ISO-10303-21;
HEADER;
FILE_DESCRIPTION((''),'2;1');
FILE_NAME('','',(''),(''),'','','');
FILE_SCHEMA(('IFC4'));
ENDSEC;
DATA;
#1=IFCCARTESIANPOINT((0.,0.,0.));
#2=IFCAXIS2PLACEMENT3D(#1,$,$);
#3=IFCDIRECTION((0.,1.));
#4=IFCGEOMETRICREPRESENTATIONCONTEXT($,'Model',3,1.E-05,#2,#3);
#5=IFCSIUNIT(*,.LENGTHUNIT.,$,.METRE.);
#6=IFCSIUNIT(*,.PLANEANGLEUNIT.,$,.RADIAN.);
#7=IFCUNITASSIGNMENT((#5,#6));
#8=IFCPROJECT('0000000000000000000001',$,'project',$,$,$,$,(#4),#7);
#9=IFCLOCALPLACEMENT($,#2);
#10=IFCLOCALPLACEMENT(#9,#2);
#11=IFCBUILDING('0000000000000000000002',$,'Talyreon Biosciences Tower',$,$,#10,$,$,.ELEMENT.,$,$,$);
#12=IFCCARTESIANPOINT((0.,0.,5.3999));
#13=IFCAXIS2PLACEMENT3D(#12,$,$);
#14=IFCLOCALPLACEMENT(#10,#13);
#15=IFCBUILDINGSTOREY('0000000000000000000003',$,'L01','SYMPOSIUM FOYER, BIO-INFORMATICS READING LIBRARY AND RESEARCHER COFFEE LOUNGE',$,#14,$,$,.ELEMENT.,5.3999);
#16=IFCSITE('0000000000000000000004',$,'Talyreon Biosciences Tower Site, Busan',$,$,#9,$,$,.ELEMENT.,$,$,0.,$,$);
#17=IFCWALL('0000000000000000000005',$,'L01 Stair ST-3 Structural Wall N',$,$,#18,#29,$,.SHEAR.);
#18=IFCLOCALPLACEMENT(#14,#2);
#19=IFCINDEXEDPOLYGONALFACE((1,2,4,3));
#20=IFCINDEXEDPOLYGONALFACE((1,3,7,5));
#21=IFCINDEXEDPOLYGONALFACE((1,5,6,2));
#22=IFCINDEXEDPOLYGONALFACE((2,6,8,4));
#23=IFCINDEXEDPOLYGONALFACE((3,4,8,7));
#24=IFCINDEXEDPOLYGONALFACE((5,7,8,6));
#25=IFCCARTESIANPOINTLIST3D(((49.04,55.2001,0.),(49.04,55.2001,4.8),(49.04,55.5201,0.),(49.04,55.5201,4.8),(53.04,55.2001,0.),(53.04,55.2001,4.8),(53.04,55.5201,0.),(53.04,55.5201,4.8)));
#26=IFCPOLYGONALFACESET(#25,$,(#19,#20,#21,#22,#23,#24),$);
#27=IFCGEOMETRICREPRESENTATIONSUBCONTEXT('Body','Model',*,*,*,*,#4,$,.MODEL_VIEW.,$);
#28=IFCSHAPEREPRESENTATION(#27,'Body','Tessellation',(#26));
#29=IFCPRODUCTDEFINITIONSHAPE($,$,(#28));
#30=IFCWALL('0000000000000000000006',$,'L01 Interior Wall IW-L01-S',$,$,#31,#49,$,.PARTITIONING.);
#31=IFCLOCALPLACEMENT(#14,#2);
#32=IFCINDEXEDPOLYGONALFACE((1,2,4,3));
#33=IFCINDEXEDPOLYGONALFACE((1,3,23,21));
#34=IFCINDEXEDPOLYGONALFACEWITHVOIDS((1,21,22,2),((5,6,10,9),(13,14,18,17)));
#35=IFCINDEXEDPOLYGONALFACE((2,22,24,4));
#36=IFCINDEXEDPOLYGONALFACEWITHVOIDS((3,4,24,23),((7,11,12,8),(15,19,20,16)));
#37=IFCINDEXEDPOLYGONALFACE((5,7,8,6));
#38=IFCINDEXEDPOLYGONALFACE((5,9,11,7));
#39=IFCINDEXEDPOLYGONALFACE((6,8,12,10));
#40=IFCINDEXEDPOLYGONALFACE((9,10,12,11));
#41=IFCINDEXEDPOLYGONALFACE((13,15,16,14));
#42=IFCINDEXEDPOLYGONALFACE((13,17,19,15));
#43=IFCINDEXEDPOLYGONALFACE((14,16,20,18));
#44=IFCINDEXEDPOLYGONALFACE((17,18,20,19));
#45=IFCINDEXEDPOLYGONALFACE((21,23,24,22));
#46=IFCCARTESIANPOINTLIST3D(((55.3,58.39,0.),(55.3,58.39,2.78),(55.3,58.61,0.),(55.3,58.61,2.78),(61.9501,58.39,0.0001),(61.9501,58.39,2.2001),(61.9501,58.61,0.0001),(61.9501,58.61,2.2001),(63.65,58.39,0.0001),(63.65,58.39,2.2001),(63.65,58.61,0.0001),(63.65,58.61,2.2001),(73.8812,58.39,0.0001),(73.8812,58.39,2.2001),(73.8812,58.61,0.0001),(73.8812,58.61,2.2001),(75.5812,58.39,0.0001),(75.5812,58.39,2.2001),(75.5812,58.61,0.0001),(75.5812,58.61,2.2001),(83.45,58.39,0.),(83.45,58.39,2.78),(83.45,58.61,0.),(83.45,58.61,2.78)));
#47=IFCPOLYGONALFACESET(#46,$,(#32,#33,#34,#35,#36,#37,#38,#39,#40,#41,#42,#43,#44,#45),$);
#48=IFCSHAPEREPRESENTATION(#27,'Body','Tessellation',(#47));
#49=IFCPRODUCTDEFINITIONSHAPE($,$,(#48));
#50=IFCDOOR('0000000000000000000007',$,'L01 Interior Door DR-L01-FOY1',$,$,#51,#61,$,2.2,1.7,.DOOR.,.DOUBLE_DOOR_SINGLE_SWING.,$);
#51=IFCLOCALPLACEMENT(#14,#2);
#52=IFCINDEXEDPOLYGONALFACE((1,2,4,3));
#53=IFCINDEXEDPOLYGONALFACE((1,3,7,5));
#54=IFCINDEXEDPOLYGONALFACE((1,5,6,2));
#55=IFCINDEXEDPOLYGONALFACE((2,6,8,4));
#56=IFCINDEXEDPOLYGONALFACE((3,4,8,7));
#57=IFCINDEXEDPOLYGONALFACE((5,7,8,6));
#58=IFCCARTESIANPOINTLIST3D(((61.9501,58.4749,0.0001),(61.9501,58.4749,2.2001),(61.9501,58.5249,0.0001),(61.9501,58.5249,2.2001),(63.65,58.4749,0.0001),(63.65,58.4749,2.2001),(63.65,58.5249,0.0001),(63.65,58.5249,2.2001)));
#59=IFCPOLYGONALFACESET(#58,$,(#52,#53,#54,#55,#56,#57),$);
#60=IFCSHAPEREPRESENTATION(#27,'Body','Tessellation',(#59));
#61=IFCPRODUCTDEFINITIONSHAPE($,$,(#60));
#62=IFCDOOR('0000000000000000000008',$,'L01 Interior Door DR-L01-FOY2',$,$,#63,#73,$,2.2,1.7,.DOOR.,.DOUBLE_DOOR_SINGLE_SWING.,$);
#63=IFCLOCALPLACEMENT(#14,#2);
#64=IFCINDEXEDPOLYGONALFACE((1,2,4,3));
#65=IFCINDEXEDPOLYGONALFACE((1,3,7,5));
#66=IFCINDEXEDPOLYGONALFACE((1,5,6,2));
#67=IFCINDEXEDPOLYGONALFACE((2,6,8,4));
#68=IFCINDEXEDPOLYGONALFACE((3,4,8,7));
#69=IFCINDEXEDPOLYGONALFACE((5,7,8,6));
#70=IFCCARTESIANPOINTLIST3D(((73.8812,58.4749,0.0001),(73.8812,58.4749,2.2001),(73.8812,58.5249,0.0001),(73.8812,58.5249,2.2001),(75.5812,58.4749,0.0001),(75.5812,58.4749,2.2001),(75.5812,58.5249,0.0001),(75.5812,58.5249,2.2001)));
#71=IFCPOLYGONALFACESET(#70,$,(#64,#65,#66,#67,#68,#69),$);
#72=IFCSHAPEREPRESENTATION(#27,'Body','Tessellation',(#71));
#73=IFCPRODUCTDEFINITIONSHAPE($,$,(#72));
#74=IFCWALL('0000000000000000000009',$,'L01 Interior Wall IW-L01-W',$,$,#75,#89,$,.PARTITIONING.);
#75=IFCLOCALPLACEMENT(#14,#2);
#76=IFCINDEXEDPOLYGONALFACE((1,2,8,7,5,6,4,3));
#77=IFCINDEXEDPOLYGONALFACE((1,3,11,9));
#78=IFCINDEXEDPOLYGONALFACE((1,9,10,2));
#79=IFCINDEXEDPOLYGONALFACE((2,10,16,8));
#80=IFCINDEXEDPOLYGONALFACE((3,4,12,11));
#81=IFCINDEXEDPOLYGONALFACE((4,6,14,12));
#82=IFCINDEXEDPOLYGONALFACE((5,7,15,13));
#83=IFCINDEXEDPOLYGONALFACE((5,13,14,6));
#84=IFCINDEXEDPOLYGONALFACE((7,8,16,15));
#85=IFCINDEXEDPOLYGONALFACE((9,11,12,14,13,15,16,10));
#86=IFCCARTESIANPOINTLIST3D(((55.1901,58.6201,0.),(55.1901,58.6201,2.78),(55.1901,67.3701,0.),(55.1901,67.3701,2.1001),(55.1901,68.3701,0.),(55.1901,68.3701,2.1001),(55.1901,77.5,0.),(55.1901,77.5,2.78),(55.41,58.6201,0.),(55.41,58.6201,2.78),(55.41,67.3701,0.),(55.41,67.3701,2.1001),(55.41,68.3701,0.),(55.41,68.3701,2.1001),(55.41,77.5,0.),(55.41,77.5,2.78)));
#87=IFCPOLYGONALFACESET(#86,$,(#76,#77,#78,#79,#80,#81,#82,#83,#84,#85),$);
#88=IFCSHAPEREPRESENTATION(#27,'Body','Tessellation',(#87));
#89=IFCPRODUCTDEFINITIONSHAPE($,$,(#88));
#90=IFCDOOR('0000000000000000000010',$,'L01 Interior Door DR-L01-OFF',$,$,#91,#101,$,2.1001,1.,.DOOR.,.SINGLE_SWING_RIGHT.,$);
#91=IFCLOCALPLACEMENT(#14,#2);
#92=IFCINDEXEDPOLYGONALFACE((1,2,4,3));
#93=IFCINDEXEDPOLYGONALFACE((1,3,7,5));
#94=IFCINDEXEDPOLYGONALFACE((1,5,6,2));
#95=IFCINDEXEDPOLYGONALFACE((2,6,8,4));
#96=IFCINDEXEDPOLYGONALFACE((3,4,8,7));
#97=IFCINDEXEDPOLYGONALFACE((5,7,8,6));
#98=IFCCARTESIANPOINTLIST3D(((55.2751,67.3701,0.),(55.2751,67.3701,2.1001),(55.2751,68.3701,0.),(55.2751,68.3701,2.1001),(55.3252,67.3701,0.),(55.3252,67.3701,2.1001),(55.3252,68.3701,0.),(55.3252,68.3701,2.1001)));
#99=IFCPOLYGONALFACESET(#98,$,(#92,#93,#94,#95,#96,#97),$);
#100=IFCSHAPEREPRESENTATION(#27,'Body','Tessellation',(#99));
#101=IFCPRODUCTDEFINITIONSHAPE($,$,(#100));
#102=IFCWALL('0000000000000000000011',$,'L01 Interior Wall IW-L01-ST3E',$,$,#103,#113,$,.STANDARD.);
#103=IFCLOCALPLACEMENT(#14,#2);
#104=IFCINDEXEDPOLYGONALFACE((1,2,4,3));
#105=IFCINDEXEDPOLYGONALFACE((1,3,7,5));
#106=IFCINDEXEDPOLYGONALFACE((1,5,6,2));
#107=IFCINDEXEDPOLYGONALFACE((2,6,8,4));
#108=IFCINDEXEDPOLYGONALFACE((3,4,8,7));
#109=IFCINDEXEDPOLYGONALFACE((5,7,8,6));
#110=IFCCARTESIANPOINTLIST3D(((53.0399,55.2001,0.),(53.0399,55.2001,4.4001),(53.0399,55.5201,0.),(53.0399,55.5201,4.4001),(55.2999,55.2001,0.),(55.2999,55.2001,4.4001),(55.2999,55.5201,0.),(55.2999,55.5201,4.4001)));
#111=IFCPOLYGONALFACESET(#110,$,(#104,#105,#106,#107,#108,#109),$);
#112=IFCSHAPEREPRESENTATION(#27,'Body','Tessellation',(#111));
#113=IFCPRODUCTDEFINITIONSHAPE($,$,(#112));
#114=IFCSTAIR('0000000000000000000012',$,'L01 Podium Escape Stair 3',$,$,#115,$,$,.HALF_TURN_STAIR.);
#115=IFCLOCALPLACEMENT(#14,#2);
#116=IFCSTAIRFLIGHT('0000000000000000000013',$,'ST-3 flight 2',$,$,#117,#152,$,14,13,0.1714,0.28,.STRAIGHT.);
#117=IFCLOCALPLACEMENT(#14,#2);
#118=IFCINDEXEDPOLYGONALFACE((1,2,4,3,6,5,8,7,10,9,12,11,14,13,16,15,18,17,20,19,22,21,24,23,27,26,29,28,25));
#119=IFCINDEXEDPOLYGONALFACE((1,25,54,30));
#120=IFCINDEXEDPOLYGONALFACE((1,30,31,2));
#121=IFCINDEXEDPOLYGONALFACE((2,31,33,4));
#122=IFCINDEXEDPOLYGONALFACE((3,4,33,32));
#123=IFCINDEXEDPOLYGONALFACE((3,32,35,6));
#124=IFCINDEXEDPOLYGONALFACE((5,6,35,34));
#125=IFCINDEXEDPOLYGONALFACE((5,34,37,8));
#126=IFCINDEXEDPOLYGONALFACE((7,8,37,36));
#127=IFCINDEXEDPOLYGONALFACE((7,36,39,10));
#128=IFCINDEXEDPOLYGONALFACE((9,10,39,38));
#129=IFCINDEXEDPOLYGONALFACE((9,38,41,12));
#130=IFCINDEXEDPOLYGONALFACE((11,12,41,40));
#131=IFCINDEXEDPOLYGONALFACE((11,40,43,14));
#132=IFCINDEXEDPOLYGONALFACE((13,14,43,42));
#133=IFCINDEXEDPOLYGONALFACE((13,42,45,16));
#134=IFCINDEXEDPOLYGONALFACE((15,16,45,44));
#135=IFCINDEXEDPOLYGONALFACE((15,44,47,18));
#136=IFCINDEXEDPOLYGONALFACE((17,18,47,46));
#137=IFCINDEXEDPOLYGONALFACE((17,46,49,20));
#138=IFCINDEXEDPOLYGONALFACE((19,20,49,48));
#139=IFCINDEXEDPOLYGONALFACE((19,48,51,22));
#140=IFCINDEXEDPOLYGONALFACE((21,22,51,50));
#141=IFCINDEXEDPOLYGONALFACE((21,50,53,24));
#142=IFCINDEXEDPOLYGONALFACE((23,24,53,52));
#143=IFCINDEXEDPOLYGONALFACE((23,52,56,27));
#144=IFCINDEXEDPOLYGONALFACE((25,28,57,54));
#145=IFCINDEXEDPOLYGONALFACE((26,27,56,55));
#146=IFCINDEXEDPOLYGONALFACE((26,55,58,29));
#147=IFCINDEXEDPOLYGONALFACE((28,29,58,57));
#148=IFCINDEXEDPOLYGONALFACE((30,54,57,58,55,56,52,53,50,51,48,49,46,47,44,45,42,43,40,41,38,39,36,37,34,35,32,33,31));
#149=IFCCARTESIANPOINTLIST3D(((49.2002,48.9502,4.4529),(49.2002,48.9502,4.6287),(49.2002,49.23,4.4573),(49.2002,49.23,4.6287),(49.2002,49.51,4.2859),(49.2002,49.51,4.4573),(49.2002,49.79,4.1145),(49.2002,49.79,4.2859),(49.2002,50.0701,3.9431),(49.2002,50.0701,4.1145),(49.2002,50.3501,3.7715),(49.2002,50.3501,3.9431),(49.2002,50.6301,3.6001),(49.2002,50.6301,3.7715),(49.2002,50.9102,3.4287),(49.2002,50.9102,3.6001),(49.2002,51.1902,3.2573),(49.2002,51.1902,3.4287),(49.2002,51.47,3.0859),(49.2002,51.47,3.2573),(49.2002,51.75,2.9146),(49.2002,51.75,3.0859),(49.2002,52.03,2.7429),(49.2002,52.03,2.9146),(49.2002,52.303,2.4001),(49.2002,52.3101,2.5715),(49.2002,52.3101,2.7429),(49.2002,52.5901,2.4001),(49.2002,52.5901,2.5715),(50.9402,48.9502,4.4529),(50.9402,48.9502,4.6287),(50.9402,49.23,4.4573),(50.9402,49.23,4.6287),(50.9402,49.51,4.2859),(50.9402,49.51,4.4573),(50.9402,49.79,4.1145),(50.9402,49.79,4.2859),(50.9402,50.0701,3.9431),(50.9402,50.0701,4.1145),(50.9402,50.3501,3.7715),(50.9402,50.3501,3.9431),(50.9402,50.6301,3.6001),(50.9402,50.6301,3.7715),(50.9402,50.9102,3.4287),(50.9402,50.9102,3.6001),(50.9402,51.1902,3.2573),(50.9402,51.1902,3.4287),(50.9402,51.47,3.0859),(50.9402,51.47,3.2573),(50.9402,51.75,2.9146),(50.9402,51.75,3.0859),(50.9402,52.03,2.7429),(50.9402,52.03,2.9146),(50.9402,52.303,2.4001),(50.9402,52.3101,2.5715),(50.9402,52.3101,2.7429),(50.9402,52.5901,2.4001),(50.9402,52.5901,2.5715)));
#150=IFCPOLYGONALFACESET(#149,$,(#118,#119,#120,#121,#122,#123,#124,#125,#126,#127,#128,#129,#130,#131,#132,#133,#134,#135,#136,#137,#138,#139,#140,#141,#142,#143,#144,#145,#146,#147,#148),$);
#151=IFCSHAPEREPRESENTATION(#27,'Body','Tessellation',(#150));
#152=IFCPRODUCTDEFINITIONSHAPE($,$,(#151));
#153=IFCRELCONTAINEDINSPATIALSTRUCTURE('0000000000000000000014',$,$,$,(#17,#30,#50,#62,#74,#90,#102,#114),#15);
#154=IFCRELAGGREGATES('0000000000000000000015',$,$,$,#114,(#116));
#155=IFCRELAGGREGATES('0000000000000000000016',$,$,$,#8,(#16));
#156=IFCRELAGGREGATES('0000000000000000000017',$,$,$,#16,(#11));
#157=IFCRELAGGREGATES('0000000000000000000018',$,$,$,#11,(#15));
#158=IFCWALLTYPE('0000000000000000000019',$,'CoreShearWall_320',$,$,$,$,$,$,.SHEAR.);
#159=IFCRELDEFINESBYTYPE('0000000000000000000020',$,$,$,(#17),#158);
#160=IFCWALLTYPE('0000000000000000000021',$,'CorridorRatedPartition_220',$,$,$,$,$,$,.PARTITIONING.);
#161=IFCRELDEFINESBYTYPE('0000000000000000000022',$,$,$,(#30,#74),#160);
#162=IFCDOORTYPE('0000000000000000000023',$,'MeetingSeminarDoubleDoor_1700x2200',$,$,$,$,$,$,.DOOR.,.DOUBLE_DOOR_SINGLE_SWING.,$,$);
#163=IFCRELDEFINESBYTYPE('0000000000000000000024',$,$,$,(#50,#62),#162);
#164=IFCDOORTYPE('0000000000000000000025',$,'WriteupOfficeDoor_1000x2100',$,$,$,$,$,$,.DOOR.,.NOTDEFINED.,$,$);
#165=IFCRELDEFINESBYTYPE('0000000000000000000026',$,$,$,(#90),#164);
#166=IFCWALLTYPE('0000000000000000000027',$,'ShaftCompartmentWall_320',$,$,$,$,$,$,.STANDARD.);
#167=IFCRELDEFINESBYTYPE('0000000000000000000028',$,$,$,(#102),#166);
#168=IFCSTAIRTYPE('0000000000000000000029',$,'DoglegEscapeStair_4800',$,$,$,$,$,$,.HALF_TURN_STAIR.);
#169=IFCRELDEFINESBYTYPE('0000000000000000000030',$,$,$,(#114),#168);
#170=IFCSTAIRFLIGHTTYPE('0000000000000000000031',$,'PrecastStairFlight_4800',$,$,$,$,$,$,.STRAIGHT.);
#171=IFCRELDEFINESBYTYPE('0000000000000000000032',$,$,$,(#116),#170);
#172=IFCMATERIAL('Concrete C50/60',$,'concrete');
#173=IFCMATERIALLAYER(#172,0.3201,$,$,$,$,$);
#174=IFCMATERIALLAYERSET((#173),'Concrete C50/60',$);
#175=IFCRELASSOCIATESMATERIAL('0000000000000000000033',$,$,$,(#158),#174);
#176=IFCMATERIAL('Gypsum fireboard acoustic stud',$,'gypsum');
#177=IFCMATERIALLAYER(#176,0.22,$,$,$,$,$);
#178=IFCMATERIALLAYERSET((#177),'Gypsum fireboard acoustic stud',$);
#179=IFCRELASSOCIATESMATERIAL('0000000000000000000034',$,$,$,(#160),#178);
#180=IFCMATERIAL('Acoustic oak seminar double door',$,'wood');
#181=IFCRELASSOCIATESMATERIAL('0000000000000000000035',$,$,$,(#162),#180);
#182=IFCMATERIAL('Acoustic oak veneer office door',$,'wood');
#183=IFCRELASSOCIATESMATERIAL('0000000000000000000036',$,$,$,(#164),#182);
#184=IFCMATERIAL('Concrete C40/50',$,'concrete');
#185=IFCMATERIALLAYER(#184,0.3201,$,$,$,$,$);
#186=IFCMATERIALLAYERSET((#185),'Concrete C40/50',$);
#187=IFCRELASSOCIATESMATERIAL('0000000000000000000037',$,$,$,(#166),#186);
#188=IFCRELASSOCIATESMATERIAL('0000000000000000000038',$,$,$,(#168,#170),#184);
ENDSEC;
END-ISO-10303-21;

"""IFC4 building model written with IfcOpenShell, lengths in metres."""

from ifc_helpers import new_model, si_unit, direction, frame, frame_2d, origin, place, context, subcontext, project, spatial, polyline, rectangle, outline, extrude, material, layer, layer_set, type_object, element, fill, aggregate, save


model = new_model("IFC4")

# Units and contexts
model_context = context("Model", 3, precision=1e-05, world=origin(), true_north=direction((0.0, 1.0)))
body_context = subcontext(model_context, "Body", "Model", "MODEL_VIEW")
ifc_project = project(units=[si_unit("LENGTHUNIT", "METRE"), si_unit("PLANEANGLEUNIT", "RADIAN")], contexts=[model_context])

# Site, building, storey
site_placement = place(None, origin())
site = spatial("IfcSite", under=ifc_project, at=site_placement, Name="Talyreon Biosciences Tower Site, Busan", CompositionType="ELEMENT", RefElevation=0.0)
building_placement = place(site_placement, origin())
building = spatial("IfcBuilding", under=site, at=building_placement, Name="Talyreon Biosciences Tower", CompositionType="ELEMENT")
storey_placement = place(building_placement, frame((0.0, 0.0, 5.3999)))
storey = spatial("IfcBuildingStorey", under=building, at=storey_placement, Name="L01", Description="SYMPOSIUM FOYER, BIO-INFORMATICS READING LIBRARY AND RESEARCHER COFFEE LOUNGE", CompositionType="ELEMENT", Elevation=5.3999)

# Shared definitions
ifc_material_1 = material(Name="Concrete C50/60", Category="concrete")

# Wall
ifc_layer_1 = layer(ifc_material_1, 0.3201)
ifc_layer_set_1 = layer_set([ifc_layer_1], Name="Concrete C50/60")
wall_type_1 = type_object("IfcWallType", Name="CoreShearWall_320", PredefinedType="SHEAR", material=ifc_layer_set_1)
wall_1_placement = place(storey_placement, frame((49.04, 55.3601, 0.0), z_axis=(0.0, 0.0, 1.0), x_axis=(1.0, 0.0, 0.0)))
element("IfcWall", 1, at=wall_1_placement, inside=storey, type_object=wall_type_1, Name="L01 Stair ST-3 Structural Wall N", PredefinedType="SHEAR", context=body_context, shape_type="SweptSolid", body=[
    extrude(rectangle(XDim=4.0, YDim=0.3201, at=frame_2d((2.0, 0.0))), origin(), (0.0, 0.0, 1.0), 4.8),
])

# Wall, openings, doors
ifc_material_2 = material(Name="Gypsum fireboard acoustic stud", Category="gypsum")
ifc_layer_2 = layer(ifc_material_2, 0.22)
ifc_layer_set_2 = layer_set([ifc_layer_2], Name="Gypsum fireboard acoustic stud")
wall_type_2 = type_object("IfcWallType", Name="CorridorRatedPartition_220", PredefinedType="PARTITIONING", material=ifc_layer_set_2)
wall_2_placement = place(storey_placement, frame((55.3, 58.5, 0.0), z_axis=(0.0, 0.0, 1.0), x_axis=(1.0, 0.0, 0.0)))
wall_2 = element("IfcWall", 2, at=wall_2_placement, inside=storey, type_object=wall_type_2, Name="L01 Interior Wall IW-L01-S", PredefinedType="PARTITIONING", context=body_context, shape_type="SweptSolid", body=[
    extrude(rectangle(XDim=28.1499, YDim=0.22, at=frame_2d((14.075, 0.0))), origin(), (0.0, 0.0, 1.0), 2.78),
])
opening_1_placement = place(wall_2_placement, frame((6.6499, 0.0, 0.0)))
opening_1 = element("IfcOpeningElement", 3, at=opening_1_placement, cuts=wall_2, PredefinedType="OPENING", context=body_context, shape_type="SweptSolid", body=[
    extrude(rectangle(XDim=1.7, YDim=2.2, at=frame_2d((0.8501, 1.1001))), frame((0.0, 0.1199, 0.0), z_axis=(0.0, -1.0, 0.0), x_axis=(1.0, 0.0, 0.0)), (0.0, 0.0, 1.0), 0.24),
])
opening_2_placement = place(wall_2_placement, frame((18.5811, 0.0, 0.0)))
opening_2 = element("IfcOpeningElement", 4, at=opening_2_placement, cuts=wall_2, PredefinedType="OPENING", context=body_context, shape_type="SweptSolid", body=[
    extrude(rectangle(XDim=1.7, YDim=2.2, at=frame_2d((0.8501, 1.1001))), frame((0.0, 0.1199, 0.0), z_axis=(0.0, -1.0, 0.0), x_axis=(1.0, 0.0, 0.0)), (0.0, 0.0, 1.0), 0.24),
])
ifc_material_3 = material(Name="Acoustic oak seminar double door", Category="wood")
door_type_1 = type_object("IfcDoorType", Name="MeetingSeminarDoubleDoor_1700x2200", OperationType="DOUBLE_DOOR_SINGLE_SWING", PredefinedType="DOOR", material=ifc_material_3)
door_1_placement = place(opening_1_placement, origin())
door_1 = element("IfcDoor", 5, at=door_1_placement, inside=storey, type_object=door_type_1, Name="L01 Interior Door DR-L01-FOY1", OperationType="DOUBLE_DOOR_SINGLE_SWING", OverallHeight=2.2, OverallWidth=1.7, PredefinedType="DOOR", context=body_context, shape_type="SweptSolid", body=[
    extrude(rectangle(XDim=1.7, YDim=2.2, at=frame_2d((0.8501, 1.1001))), frame((0.0, 0.0249, 0.0), z_axis=(0.0, -1.0, 0.0), x_axis=(1.0, 0.0, 0.0)), (0.0, 0.0, 1.0), 0.05),
])
fill(opening_1, door_1)
door_2_placement = place(opening_2_placement, origin())
door_2 = element("IfcDoor", 6, at=door_2_placement, inside=storey, type_object=door_type_1, Name="L01 Interior Door DR-L01-FOY2", OperationType="DOUBLE_DOOR_SINGLE_SWING", OverallHeight=2.2, OverallWidth=1.7, PredefinedType="DOOR", context=body_context, shape_type="SweptSolid", body=[
    extrude(rectangle(XDim=1.7, YDim=2.2, at=frame_2d((0.8501, 1.1001))), frame((0.0, 0.0249, 0.0), z_axis=(0.0, -1.0, 0.0), x_axis=(1.0, 0.0, 0.0)), (0.0, 0.0, 1.0), 0.05),
])
fill(opening_2, door_2)

# Wall, opening, door
wall_3_placement = place(storey_placement, frame((55.3, 58.6201, 0.0), z_axis=(0.0, 0.0, 1.0), x_axis=(0.0, 1.0, 0.0)))
wall_3 = element("IfcWall", 7, at=wall_3_placement, inside=storey, type_object=wall_type_2, Name="L01 Interior Wall IW-L01-W", PredefinedType="PARTITIONING", context=body_context, shape_type="SweptSolid", body=[
    extrude(rectangle(XDim=18.8799, YDim=0.22, at=frame_2d((9.4399, 0.0))), origin(), (0.0, 0.0, 1.0), 2.78),
])
opening_3_placement = place(wall_3_placement, frame((8.75, 0.0, 0.0)))
opening_3 = element("IfcOpeningElement", 8, at=opening_3_placement, cuts=wall_3, PredefinedType="OPENING", context=body_context, shape_type="SweptSolid", body=[
    extrude(rectangle(XDim=1.0, YDim=2.1001, at=frame_2d((0.5, 1.05))), frame((0.0, 0.1199, 0.0), z_axis=(0.0, -1.0, 0.0), x_axis=(1.0, 0.0, 0.0)), (0.0, 0.0, 1.0), 0.24),
])
ifc_material_4 = material(Name="Acoustic oak veneer office door", Category="wood")
door_type_2 = type_object("IfcDoorType", Name="WriteupOfficeDoor_1000x2100", OperationType="NOTDEFINED", PredefinedType="DOOR", material=ifc_material_4)
door_3_placement = place(opening_3_placement, origin())
door_3 = element("IfcDoor", 9, at=door_3_placement, inside=storey, type_object=door_type_2, Name="L01 Interior Door DR-L01-OFF", OperationType="SINGLE_SWING_RIGHT", OverallHeight=2.1001, OverallWidth=1.0, PredefinedType="DOOR", context=body_context, shape_type="SweptSolid", body=[
    extrude(rectangle(XDim=1.0, YDim=2.1001, at=frame_2d((0.5, 1.05))), frame((0.0, 0.0249, 0.0), z_axis=(0.0, -1.0, 0.0), x_axis=(1.0, 0.0, 0.0)), (0.0, 0.0, 1.0), 0.05),
])
fill(opening_3, door_3)

# Wall
ifc_material_5 = material(Name="Concrete C40/50", Category="concrete")
ifc_layer_3 = layer(ifc_material_5, 0.3201)
ifc_layer_set_3 = layer_set([ifc_layer_3], Name="Concrete C40/50")
wall_type_3 = type_object("IfcWallType", Name="ShaftCompartmentWall_320", PredefinedType="STANDARD", material=ifc_layer_set_3)
wall_4_placement = place(storey_placement, frame((53.04, 55.3601, 0.0), z_axis=(0.0, 0.0, 1.0), x_axis=(1.0, 0.0, 0.0)))
element("IfcWall", 10, at=wall_4_placement, inside=storey, type_object=wall_type_3, Name="L01 Interior Wall IW-L01-ST3E", PredefinedType="STANDARD", context=body_context, shape_type="SweptSolid", body=[
    extrude(rectangle(XDim=2.26, YDim=0.3201, at=frame_2d((1.1299, 0.0))), origin(), (0.0, 0.0, 1.0), 4.4001),
])

# Stair, stair flight
stair_type = type_object("IfcStairType", Name="DoglegEscapeStair_4800", PredefinedType="HALF_TURN_STAIR", material=ifc_material_5)
stair_placement = place(storey_placement, origin())
stair = element("IfcStair", 11, at=stair_placement, inside=storey, type_object=stair_type, Name="L01 Podium Escape Stair 3", PredefinedType="HALF_TURN_STAIR")
stair_flight_type = type_object("IfcStairFlightType", Name="PrecastStairFlight_4800", PredefinedType="STRAIGHT", material=ifc_material_5)
stair_flight_placement = place(storey_placement, frame((50.0701, 52.5901, 2.4001), z_axis=(0.0, 0.0, 1.0), x_axis=(0.0, -1.0, 0.0)))
stair_flight = element("IfcStairFlight", 12, at=stair_flight_placement, type_object=stair_flight_type, Name="ST-3 flight 2", NumberOfRisers=14, NumberOfTreads=13, PredefinedType="STRAIGHT", RiserHeight=0.1714, TreadLength=0.28, context=body_context, shape_type="SweptSolid", body=[
    extrude(outline(polyline([(0.0, 0.0), (0.0, 0.1714), (0.28, 0.1714), (0.28, 0.3428), (0.5601, 0.3428), (0.5601, 0.5144), (0.8401, 0.5144), (0.8401, 0.6858), (1.1201, 0.6858), (1.1201, 0.8572), (1.3999, 0.8572), (1.3999, 1.0286), (1.6799, 1.0286), (1.6799, 1.2), (1.96, 1.2), (1.96, 1.3713), (2.24, 1.3713), (2.24, 1.543), (2.52, 1.543), (2.52, 1.7144), (2.8, 1.7144), (2.8, 1.8857), (3.0801, 1.8857), (3.0801, 2.0571), (3.3601, 2.0571), (3.3601, 2.2285), (3.6399, 2.2285), (3.6399, 2.3999), (3.6399, 2.0527), (0.2871, 0.0), (0.0, 0.0)])), frame((0.0, 0.8701, 0.0), z_axis=(0.0, -1.0, 0.0), x_axis=(1.0, 0.0, 0.0)), (0.0, 0.0, 1.0), 1.74),
])
aggregate(stair, [stair_flight])

save(model, "model.ifc")
